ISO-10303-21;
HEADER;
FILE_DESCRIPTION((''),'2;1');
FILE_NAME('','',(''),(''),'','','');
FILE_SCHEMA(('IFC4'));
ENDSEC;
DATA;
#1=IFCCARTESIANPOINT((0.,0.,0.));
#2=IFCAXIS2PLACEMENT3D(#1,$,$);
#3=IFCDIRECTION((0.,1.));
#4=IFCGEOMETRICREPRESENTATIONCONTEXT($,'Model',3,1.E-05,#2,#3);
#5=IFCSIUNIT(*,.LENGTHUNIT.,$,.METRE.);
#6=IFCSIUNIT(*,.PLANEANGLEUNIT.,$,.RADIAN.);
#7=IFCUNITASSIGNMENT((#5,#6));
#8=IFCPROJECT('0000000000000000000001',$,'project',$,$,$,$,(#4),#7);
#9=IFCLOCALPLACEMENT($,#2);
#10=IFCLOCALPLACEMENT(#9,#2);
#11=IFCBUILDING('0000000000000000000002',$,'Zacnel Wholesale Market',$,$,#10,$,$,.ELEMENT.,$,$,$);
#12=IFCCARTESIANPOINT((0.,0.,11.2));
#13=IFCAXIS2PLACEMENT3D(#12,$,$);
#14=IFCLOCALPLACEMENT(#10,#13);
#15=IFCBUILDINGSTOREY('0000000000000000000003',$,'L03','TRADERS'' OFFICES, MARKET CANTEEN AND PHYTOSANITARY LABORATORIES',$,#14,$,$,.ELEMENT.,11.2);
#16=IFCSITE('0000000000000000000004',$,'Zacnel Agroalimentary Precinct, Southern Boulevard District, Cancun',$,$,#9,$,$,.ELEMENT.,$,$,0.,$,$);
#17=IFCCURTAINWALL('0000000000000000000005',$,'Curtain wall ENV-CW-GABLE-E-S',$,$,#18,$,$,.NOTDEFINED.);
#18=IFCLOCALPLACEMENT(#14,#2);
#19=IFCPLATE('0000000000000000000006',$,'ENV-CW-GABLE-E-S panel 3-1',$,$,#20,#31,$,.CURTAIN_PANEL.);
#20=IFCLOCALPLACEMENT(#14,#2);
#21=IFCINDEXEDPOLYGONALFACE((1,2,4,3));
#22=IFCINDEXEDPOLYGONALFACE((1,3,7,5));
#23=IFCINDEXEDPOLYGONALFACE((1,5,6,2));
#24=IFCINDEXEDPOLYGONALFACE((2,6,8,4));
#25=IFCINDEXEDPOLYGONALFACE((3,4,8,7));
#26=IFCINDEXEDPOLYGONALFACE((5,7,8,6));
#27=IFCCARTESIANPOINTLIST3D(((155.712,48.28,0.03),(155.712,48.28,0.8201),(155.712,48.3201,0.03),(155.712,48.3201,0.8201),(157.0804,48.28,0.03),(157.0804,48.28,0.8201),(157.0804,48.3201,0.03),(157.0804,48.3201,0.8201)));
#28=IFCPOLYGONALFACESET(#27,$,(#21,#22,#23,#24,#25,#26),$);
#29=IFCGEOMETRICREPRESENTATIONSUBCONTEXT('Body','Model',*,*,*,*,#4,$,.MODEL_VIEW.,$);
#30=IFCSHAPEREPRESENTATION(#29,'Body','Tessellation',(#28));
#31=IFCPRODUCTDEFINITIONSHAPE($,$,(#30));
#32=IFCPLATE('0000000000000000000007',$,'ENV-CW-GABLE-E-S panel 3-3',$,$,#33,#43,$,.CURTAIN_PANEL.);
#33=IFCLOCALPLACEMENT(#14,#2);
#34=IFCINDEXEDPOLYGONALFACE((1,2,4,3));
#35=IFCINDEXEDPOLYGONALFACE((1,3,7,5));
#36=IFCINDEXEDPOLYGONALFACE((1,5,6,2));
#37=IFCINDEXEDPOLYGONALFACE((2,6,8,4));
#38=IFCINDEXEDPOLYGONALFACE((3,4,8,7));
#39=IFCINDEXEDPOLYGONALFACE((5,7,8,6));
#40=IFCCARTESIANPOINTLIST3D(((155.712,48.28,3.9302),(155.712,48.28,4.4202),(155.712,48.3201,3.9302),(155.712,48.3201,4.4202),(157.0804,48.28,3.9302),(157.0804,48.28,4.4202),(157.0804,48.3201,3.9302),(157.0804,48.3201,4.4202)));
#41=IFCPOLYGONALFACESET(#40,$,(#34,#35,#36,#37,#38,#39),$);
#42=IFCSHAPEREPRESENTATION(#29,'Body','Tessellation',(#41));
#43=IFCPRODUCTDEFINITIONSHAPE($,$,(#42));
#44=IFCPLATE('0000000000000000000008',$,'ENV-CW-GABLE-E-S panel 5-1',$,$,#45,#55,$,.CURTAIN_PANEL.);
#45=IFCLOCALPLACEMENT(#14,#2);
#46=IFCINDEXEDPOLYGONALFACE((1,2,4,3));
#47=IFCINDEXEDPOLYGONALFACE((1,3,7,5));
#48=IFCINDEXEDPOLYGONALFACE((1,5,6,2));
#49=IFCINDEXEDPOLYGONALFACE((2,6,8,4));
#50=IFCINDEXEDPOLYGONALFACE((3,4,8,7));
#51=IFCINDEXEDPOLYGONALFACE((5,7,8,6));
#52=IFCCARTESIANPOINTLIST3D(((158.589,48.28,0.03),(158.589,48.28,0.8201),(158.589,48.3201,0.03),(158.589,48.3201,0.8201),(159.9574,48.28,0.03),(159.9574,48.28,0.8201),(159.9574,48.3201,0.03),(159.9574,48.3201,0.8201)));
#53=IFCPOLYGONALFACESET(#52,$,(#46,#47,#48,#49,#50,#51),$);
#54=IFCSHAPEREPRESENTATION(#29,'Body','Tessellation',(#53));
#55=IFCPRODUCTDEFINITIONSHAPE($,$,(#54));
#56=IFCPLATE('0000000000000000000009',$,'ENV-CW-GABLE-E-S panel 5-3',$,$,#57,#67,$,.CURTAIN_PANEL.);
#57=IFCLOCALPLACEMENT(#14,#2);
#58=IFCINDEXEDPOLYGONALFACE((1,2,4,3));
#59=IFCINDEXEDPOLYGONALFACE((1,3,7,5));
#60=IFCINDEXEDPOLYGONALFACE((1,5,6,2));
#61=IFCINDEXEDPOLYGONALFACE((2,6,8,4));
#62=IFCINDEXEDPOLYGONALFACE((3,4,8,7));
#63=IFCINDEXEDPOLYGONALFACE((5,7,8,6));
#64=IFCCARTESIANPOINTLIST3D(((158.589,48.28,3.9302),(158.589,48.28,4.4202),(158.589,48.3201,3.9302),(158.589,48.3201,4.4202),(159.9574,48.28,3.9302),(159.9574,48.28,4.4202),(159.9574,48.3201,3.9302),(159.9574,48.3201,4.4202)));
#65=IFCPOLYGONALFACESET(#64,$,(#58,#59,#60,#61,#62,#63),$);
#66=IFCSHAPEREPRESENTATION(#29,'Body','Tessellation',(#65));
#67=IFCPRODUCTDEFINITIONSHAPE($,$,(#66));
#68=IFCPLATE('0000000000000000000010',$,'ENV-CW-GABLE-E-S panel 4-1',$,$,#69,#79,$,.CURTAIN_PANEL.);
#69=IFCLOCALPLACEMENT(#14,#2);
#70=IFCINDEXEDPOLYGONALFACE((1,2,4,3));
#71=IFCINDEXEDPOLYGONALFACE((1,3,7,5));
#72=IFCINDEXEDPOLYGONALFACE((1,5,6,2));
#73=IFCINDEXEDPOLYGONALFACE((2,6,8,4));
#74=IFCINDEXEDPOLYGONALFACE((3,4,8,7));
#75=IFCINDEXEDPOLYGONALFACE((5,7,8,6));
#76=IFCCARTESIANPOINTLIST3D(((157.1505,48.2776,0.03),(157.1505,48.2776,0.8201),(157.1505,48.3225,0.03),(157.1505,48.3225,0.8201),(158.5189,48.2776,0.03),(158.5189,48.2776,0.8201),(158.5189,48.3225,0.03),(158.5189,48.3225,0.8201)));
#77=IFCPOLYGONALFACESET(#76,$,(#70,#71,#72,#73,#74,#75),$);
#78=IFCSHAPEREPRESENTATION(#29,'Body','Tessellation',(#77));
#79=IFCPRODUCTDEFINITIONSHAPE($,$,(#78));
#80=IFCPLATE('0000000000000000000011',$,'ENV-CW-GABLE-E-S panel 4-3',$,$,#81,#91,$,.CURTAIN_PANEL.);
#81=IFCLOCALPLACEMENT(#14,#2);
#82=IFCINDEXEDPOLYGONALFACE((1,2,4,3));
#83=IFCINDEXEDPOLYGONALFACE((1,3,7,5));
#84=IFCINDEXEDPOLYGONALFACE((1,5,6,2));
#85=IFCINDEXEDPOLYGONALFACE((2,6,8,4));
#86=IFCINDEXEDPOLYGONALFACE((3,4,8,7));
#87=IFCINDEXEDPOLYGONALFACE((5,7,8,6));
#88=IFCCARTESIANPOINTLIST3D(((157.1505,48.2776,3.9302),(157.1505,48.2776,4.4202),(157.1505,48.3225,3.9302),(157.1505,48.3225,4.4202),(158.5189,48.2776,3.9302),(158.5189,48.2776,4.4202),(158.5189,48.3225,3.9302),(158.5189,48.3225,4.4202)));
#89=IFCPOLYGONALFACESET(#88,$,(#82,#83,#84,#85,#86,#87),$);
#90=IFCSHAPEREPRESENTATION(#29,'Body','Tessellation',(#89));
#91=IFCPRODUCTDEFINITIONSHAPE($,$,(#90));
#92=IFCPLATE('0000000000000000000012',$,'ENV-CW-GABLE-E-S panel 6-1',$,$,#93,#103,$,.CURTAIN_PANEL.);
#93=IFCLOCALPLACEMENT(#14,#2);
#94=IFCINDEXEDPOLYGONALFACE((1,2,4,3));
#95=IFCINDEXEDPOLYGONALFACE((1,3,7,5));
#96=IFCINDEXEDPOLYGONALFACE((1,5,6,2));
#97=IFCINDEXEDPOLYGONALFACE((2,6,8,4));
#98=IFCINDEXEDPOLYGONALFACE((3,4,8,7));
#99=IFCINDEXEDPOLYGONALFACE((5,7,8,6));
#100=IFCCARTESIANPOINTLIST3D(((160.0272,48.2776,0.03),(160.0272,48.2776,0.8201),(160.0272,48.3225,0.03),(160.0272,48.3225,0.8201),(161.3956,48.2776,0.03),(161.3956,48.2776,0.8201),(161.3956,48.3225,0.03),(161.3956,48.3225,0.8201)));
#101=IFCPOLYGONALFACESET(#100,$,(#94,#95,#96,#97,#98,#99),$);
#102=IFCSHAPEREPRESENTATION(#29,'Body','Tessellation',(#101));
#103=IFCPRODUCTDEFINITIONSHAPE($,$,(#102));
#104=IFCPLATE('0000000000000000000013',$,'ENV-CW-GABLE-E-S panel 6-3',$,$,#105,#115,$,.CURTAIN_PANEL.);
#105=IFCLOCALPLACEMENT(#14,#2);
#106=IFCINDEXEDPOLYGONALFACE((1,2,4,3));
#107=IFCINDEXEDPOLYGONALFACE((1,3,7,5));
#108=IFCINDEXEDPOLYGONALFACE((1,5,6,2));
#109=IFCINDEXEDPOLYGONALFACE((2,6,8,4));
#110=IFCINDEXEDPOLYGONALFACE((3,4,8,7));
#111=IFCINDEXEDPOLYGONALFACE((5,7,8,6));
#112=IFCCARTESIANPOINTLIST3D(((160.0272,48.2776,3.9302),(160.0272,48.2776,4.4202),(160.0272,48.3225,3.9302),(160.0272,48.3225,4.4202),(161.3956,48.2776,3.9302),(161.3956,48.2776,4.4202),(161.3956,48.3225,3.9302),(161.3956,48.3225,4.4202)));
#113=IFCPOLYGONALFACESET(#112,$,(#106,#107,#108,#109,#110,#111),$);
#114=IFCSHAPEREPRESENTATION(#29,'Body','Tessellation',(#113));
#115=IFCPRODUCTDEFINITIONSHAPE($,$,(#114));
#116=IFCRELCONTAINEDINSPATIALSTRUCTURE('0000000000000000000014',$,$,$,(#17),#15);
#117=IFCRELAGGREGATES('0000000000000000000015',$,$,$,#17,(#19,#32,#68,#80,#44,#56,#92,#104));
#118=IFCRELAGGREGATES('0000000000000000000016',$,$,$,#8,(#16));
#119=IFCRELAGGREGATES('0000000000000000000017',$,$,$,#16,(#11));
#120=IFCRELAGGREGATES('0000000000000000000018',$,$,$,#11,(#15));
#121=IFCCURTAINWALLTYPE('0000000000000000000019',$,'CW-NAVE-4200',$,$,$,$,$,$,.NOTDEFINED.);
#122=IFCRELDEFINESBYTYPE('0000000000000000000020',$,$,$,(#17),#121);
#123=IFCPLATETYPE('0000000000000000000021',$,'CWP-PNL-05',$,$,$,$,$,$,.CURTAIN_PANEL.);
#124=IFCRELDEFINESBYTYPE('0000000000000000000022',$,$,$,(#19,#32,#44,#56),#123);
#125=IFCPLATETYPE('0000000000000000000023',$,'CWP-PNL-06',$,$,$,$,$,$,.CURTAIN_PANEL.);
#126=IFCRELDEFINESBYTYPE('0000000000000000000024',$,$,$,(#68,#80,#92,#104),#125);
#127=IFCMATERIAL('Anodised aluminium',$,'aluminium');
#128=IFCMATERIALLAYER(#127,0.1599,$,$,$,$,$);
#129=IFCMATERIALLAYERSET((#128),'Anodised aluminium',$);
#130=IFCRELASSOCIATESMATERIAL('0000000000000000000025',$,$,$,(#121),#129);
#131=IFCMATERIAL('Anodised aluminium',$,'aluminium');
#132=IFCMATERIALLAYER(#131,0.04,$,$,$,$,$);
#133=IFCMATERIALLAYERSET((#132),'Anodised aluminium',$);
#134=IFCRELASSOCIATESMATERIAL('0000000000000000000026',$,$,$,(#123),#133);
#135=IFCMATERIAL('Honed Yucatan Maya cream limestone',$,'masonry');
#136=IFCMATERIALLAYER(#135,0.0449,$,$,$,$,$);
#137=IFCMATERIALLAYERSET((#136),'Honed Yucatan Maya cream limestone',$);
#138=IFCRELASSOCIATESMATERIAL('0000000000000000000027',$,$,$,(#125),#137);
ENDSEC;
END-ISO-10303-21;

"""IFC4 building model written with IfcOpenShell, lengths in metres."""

from ifc_helpers import new_model, si_unit, direction, frame, origin, origin_2d, place, context, subcontext, project, spatial, rectangle, extrude, material, layer, layer_set, type_object, element, aggregate, save


model = new_model("IFC4")

# Units and contexts
model_context = context("Model", 3, precision=1e-05, world=origin(), true_north=direction((0.0, 1.0)))
body_context = subcontext(model_context, "Body", "Model", "MODEL_VIEW")
ifc_project = project(units=[si_unit("LENGTHUNIT", "METRE"), si_unit("PLANEANGLEUNIT", "RADIAN")], contexts=[model_context])

# Site, building, storey
site_placement = place(None, origin())
site = spatial("IfcSite", under=ifc_project, at=site_placement, Name="Zacnel Agroalimentary Precinct, Southern Boulevard District, Cancun", CompositionType="ELEMENT", RefElevation=0.0)
building_placement = place(site_placement, origin())
building = spatial("IfcBuilding", under=site, at=building_placement, Name="Zacnel Wholesale Market", CompositionType="ELEMENT")
storey_placement = place(building_placement, frame((0.0, 0.0, 11.2)))
storey = spatial("IfcBuildingStorey", under=building, at=storey_placement, Name="L03", Description="TRADERS' OFFICES, MARKET CANTEEN AND PHYTOSANITARY LABORATORIES", CompositionType="ELEMENT", Elevation=11.2)

# Curtain wall, plates
ifc_material_1 = material(Name="Anodised aluminium", Category="aluminium")
ifc_layer_1 = layer(ifc_material_1, 0.1599)
ifc_layer_set_1 = layer_set([ifc_layer_1], Name="Anodised aluminium")
curtain_wall_type = type_object("IfcCurtainWallType", Name="CW-NAVE-4200", PredefinedType="NOTDEFINED", material=ifc_layer_set_1)
curtain_wall_placement = place(storey_placement, origin())
curtain_wall = element("IfcCurtainWall", 1, at=curtain_wall_placement, inside=storey, type_object=curtain_wall_type, Name="Curtain wall ENV-CW-GABLE-E-S", PredefinedType="NOTDEFINED")
ifc_material_2 = material(Name="Anodised aluminium", Category="aluminium")
ifc_layer_2 = layer(ifc_material_2, 0.04)
ifc_layer_set_2 = layer_set([ifc_layer_2], Name="Anodised aluminium")
plate_type_1 = type_object("IfcPlateType", Name="CWP-PNL-05", PredefinedType="CURTAIN_PANEL", material=ifc_layer_set_2)
plate_1_placement = place(storey_placement, frame((156.3962, 48.3, 0.03), z_axis=(0.0, 0.0, 1.0), x_axis=(1.0, 0.0, 0.0)))
plate_1 = element("IfcPlate", 2, at=plate_1_placement, type_object=plate_type_1, Name="ENV-CW-GABLE-E-S panel 3-1", PredefinedType="CURTAIN_PANEL", context=body_context, shape_type="SweptSolid", body=[
    extrude(rectangle(XDim=1.3684, YDim=0.04, at=origin_2d()), origin(), (0.0, 0.0, 1.0), 0.79),
])
plate_2_placement = place(storey_placement, frame((156.3962, 48.3, 3.9302), z_axis=(0.0, 0.0, 1.0), x_axis=(1.0, 0.0, 0.0)))
plate_2 = element("IfcPlate", 3, at=plate_2_placement, type_object=plate_type_1, Name="ENV-CW-GABLE-E-S panel 3-3", PredefinedType="CURTAIN_PANEL", context=body_context, shape_type="SweptSolid", body=[
    extrude(rectangle(XDim=1.3684, YDim=0.04, at=origin_2d()), origin(), (0.0, 0.0, 1.0), 0.49),
])
plate_3_placement = place(storey_placement, frame((159.2732, 48.3, 0.03), z_axis=(0.0, 0.0, 1.0), x_axis=(1.0, 0.0, 0.0)))
plate_3 = element("IfcPlate", 4, at=plate_3_placement, type_object=plate_type_1, Name="ENV-CW-GABLE-E-S panel 5-1", PredefinedType="CURTAIN_PANEL", context=body_context, shape_type="SweptSolid", body=[
    extrude(rectangle(XDim=1.3684, YDim=0.04, at=origin_2d()), origin(), (0.0, 0.0, 1.0), 0.79),
])
plate_4_placement = place(storey_placement, frame((159.2732, 48.3, 3.9302), z_axis=(0.0, 0.0, 1.0), x_axis=(1.0, 0.0, 0.0)))
plate_4 = element("IfcPlate", 5, at=plate_4_placement, type_object=plate_type_1, Name="ENV-CW-GABLE-E-S panel 5-3", PredefinedType="CURTAIN_PANEL", context=body_context, shape_type="SweptSolid", body=[
    extrude(rectangle(XDim=1.3684, YDim=0.04, at=origin_2d()), origin(), (0.0, 0.0, 1.0), 0.49),
])
ifc_material_3 = material(Name="Honed Yucatan Maya cream limestone", Category="masonry")
ifc_layer_3 = layer(ifc_material_3, 0.0449)
ifc_layer_set_3 = layer_set([ifc_layer_3], Name="Honed Yucatan Maya cream limestone")
plate_type_2 = type_object("IfcPlateType", Name="CWP-PNL-06", PredefinedType="CURTAIN_PANEL", material=ifc_layer_set_3)
plate_5_placement = place(storey_placement, frame((157.8347, 48.3, 0.03), z_axis=(0.0, 0.0, 1.0), x_axis=(1.0, 0.0, 0.0)))
plate_5 = element("IfcPlate", 6, at=plate_5_placement, type_object=plate_type_2, Name="ENV-CW-GABLE-E-S panel 4-1", PredefinedType="CURTAIN_PANEL", context=body_context, shape_type="SweptSolid", body=[
    extrude(rectangle(XDim=1.3684, YDim=0.0449, at=origin_2d()), origin(), (0.0, 0.0, 1.0), 0.79),
])
plate_6_placement = place(storey_placement, frame((157.8347, 48.3, 3.9302), z_axis=(0.0, 0.0, 1.0), x_axis=(1.0, 0.0, 0.0)))
plate_6 = element("IfcPlate", 7, at=plate_6_placement, type_object=plate_type_2, Name="ENV-CW-GABLE-E-S panel 4-3", PredefinedType="CURTAIN_PANEL", context=body_context, shape_type="SweptSolid", body=[
    extrude(rectangle(XDim=1.3684, YDim=0.0449, at=origin_2d()), origin(), (0.0, 0.0, 1.0), 0.49),
])
plate_7_placement = place(storey_placement, frame((160.7114, 48.3, 0.03), z_axis=(0.0, 0.0, 1.0), x_axis=(1.0, 0.0, 0.0)))
plate_7 = element("IfcPlate", 8, at=plate_7_placement, type_object=plate_type_2, Name="ENV-CW-GABLE-E-S panel 6-1", PredefinedType="CURTAIN_PANEL", context=body_context, shape_type="SweptSolid", body=[
    extrude(rectangle(XDim=1.3684, YDim=0.0449, at=origin_2d()), origin(), (0.0, 0.0, 1.0), 0.79),
])
plate_8_placement = place(storey_placement, frame((160.7114, 48.3, 3.9302), z_axis=(0.0, 0.0, 1.0), x_axis=(1.0, 0.0, 0.0)))
plate_8 = element("IfcPlate", 9, at=plate_8_placement, type_object=plate_type_2, Name="ENV-CW-GABLE-E-S panel 6-3", PredefinedType="CURTAIN_PANEL", context=body_context, shape_type="SweptSolid", body=[
    extrude(rectangle(XDim=1.3684, YDim=0.0449, at=origin_2d()), origin(), (0.0, 0.0, 1.0), 0.49),
])
aggregate(curtain_wall, [plate_1, plate_2, plate_5, plate_6, plate_3, plate_4, plate_7, plate_8])

save(model, "model.ifc")
